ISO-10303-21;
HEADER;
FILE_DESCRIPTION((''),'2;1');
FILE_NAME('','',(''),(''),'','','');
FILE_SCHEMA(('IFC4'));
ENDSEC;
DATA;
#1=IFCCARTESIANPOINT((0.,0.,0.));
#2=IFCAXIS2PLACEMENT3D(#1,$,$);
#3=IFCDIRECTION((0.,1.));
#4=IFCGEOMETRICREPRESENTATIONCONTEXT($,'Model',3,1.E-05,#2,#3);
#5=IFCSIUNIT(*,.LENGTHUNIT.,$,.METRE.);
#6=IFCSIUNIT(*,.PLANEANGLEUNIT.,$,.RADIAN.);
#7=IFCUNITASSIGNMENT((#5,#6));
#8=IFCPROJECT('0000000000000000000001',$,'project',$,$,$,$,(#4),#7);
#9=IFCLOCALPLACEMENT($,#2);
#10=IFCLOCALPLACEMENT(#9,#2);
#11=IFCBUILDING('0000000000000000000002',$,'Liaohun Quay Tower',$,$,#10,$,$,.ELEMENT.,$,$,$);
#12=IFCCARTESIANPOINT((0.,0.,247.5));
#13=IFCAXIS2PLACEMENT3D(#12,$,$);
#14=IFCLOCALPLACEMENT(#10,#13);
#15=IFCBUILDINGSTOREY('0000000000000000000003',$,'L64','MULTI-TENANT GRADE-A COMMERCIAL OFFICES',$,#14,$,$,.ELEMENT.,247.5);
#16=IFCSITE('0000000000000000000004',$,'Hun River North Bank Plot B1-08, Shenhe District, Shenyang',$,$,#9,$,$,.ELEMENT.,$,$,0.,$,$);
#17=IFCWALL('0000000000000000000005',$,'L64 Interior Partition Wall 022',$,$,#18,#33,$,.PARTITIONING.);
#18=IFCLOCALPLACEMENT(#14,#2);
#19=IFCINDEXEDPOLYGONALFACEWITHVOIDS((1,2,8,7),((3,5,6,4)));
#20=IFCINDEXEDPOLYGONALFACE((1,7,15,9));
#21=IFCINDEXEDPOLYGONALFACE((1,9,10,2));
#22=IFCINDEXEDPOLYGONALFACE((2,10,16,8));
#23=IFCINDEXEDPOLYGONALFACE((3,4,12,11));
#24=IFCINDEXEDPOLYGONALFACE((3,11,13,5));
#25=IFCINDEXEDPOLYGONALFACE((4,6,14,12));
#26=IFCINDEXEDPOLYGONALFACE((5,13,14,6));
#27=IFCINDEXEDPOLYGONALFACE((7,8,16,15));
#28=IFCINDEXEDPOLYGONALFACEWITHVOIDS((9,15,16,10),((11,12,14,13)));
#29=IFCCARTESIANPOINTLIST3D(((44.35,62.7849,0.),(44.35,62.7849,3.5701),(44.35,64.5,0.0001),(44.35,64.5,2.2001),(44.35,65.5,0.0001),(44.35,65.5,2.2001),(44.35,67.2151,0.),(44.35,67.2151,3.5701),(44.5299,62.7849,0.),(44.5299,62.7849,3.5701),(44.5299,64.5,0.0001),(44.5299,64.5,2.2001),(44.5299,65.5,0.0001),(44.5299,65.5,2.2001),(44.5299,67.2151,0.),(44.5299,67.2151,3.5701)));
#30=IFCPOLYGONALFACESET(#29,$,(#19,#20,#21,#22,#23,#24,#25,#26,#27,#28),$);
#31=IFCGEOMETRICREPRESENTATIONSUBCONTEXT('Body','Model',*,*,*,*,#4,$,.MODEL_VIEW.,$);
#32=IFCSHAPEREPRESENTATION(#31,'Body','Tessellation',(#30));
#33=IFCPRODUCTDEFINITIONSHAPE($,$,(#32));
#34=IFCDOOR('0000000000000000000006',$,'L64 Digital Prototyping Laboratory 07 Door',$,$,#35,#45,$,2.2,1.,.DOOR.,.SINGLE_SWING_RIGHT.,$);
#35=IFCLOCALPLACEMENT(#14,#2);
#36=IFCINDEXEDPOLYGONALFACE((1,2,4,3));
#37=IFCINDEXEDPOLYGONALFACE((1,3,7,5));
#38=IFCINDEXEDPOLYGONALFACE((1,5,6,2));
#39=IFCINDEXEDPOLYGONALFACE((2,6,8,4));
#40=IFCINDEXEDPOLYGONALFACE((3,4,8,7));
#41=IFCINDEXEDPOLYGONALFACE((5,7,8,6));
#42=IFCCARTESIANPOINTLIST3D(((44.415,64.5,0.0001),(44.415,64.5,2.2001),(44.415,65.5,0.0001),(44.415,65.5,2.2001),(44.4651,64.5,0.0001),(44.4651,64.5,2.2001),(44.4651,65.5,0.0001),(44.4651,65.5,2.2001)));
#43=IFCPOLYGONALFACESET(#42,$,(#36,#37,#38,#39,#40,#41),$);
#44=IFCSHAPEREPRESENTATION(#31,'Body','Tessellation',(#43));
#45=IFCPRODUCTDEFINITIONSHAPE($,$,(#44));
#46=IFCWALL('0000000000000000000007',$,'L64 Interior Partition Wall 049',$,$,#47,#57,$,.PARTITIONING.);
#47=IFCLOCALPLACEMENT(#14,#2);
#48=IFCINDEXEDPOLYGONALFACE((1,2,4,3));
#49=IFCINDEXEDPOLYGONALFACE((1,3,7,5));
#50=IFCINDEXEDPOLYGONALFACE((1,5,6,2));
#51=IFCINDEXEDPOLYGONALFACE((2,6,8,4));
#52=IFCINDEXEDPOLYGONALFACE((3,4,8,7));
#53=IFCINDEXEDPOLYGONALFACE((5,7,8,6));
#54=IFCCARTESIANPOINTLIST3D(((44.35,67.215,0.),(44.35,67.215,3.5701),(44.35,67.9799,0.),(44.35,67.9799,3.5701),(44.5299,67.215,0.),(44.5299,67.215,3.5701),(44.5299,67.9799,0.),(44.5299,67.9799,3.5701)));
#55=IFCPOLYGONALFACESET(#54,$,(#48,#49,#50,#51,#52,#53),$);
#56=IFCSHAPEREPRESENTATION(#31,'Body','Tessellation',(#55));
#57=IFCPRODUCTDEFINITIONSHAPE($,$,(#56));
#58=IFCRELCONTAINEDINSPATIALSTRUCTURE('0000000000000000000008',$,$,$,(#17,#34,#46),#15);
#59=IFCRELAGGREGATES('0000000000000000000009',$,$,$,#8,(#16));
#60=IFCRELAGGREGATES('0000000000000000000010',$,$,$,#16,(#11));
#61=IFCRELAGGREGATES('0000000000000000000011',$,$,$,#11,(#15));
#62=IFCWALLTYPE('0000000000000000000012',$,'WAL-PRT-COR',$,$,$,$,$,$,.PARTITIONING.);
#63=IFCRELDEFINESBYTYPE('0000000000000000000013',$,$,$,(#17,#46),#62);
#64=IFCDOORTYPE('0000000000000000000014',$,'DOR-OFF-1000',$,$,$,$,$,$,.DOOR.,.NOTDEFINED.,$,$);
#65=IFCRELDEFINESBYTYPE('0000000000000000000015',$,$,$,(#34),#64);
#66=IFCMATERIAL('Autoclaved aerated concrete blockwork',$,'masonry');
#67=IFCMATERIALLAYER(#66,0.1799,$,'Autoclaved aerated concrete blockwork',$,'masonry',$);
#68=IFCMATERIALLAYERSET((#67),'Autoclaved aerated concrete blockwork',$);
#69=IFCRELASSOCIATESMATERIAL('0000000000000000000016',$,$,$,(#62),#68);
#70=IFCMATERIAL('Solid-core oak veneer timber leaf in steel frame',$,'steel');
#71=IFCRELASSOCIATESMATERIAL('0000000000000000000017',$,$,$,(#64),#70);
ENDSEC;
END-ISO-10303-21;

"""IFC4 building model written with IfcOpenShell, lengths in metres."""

from ifc_helpers import new_model, si_unit, direction, frame, frame_2d, origin, place, context, subcontext, project, spatial, rectangle, extrude, source, transform, mapped, material, layer, layer_set, type_object, element, fill, save


model = new_model("IFC4")

# Units and contexts
model_context = context("Model", 3, precision=1e-05, world=origin(), true_north=direction((0.0, 1.0)))
body_context = subcontext(model_context, "Body", "Model", "MODEL_VIEW")
ifc_project = project(units=[si_unit("LENGTHUNIT", "METRE"), si_unit("PLANEANGLEUNIT", "RADIAN")], contexts=[model_context])

# Site, building, storey
site_placement = place(None, origin())
site = spatial("IfcSite", under=ifc_project, at=site_placement, Name="Hun River North Bank Plot B1-08, Shenhe District, Shenyang", CompositionType="ELEMENT", RefElevation=0.0)
building_placement = place(site_placement, origin())
building = spatial("IfcBuilding", under=site, at=building_placement, Name="Liaohun Quay Tower", CompositionType="ELEMENT")
storey_placement = place(building_placement, frame((0.0, 0.0, 247.5)))
storey = spatial("IfcBuildingStorey", under=building, at=storey_placement, Name="L64", Description="MULTI-TENANT GRADE-A COMMERCIAL OFFICES", CompositionType="ELEMENT", Elevation=247.5)

# Wall, opening, door
ifc_material_1 = material(Name="Autoclaved aerated concrete blockwork", Category="masonry")
ifc_layer_1 = layer(ifc_material_1, 0.1799, Name="Autoclaved aerated concrete blockwork", Category="masonry")
ifc_layer_set_1 = layer_set([ifc_layer_1], Name="Autoclaved aerated concrete blockwork")
wall_type_1 = type_object("IfcWallType", Name="WAL-PRT-COR", PredefinedType="PARTITIONING", material=ifc_layer_set_1)
wall_1_placement = place(storey_placement, frame((44.4399, 62.7849, 0.0), z_axis=(0.0, 0.0, 1.0), x_axis=(0.0, 1.0, 0.0)))
wall_1 = element("IfcWall", 1, at=wall_1_placement, inside=storey, type_object=wall_type_1, Name="L64 Interior Partition Wall 022", PredefinedType="PARTITIONING", context=body_context, shape_type="SweptSolid", body=[
    extrude(rectangle(XDim=4.4302, YDim=0.1799, at=frame_2d((2.2151, 0.0))), origin(), (0.0, 0.0, 1.0), 3.5701),
])
shared_shape_1 = source(origin(), body_context, "Body", "SweptSolid", [
    extrude(rectangle(XDim=1.0, YDim=2.2, at=frame_2d((0.5, 1.1001))), frame((0.0, 0.0999, 0.0), z_axis=(0.0, -1.0, 0.0), x_axis=(1.0, 0.0, 0.0)), (0.0, 0.0, 1.0), 0.2),
])
opening_1_placement = place(wall_1_placement, frame((1.7151, 0.0, 0.0)))
opening_1 = element("IfcOpeningElement", 2, at=opening_1_placement, cuts=wall_1, PredefinedType="OPENING", context=body_context, shape_type="MappedRepresentation", body=[
    mapped(shared_shape_1, transform((0.0, 0.0, 0.0), x_axis=(1.0, 0.0, 0.0), y_axis=(0.0, 1.0, 0.0), z_axis=(0.0, 0.0, 1.0), scale=1.0)),
])
ifc_material_2 = material(Name="Solid-core oak veneer timber leaf in steel frame", Category="steel")
door_type_1 = type_object("IfcDoorType", Name="DOR-OFF-1000", OperationType="NOTDEFINED", PredefinedType="DOOR", material=ifc_material_2)
shared_shape_2 = source(origin(), body_context, "Body", "SweptSolid", [
    extrude(rectangle(XDim=1.0, YDim=2.2, at=frame_2d((0.5, 1.1001))), frame((0.0, 0.0249, 0.0), z_axis=(0.0, -1.0, 0.0), x_axis=(1.0, 0.0, 0.0)), (0.0, 0.0, 1.0), 0.05),
])
door_1_placement = place(opening_1_placement, origin())
door_1 = element("IfcDoor", 3, at=door_1_placement, inside=storey, type_object=door_type_1, Name="L64 Digital Prototyping Laboratory 07 Door", OperationType="SINGLE_SWING_RIGHT", OverallHeight=2.2, OverallWidth=1.0, PredefinedType="DOOR", context=body_context, shape_type="MappedRepresentation", body=[
    mapped(shared_shape_2, transform((0.0, 0.0, 0.0), x_axis=(1.0, 0.0, 0.0), y_axis=(0.0, 1.0, 0.0), z_axis=(0.0, 0.0, 1.0), scale=1.0)),
])
fill(opening_1, door_1)

# Wall
wall_2_placement = place(storey_placement, frame((44.4399, 67.2151, 0.0), z_axis=(0.0, 0.0, 1.0), x_axis=(0.0, 1.0, 0.0)))
element("IfcWall", 4, at=wall_2_placement, inside=storey, type_object=wall_type_1, Name="L64 Interior Partition Wall 049", PredefinedType="PARTITIONING", context=body_context, shape_type="SweptSolid", body=[
    extrude(rectangle(XDim=0.7649, YDim=0.1799, at=frame_2d((0.3823, 0.0))), origin(), (0.0, 0.0, 1.0), 3.5701),
])

save(model, "model.ifc")
